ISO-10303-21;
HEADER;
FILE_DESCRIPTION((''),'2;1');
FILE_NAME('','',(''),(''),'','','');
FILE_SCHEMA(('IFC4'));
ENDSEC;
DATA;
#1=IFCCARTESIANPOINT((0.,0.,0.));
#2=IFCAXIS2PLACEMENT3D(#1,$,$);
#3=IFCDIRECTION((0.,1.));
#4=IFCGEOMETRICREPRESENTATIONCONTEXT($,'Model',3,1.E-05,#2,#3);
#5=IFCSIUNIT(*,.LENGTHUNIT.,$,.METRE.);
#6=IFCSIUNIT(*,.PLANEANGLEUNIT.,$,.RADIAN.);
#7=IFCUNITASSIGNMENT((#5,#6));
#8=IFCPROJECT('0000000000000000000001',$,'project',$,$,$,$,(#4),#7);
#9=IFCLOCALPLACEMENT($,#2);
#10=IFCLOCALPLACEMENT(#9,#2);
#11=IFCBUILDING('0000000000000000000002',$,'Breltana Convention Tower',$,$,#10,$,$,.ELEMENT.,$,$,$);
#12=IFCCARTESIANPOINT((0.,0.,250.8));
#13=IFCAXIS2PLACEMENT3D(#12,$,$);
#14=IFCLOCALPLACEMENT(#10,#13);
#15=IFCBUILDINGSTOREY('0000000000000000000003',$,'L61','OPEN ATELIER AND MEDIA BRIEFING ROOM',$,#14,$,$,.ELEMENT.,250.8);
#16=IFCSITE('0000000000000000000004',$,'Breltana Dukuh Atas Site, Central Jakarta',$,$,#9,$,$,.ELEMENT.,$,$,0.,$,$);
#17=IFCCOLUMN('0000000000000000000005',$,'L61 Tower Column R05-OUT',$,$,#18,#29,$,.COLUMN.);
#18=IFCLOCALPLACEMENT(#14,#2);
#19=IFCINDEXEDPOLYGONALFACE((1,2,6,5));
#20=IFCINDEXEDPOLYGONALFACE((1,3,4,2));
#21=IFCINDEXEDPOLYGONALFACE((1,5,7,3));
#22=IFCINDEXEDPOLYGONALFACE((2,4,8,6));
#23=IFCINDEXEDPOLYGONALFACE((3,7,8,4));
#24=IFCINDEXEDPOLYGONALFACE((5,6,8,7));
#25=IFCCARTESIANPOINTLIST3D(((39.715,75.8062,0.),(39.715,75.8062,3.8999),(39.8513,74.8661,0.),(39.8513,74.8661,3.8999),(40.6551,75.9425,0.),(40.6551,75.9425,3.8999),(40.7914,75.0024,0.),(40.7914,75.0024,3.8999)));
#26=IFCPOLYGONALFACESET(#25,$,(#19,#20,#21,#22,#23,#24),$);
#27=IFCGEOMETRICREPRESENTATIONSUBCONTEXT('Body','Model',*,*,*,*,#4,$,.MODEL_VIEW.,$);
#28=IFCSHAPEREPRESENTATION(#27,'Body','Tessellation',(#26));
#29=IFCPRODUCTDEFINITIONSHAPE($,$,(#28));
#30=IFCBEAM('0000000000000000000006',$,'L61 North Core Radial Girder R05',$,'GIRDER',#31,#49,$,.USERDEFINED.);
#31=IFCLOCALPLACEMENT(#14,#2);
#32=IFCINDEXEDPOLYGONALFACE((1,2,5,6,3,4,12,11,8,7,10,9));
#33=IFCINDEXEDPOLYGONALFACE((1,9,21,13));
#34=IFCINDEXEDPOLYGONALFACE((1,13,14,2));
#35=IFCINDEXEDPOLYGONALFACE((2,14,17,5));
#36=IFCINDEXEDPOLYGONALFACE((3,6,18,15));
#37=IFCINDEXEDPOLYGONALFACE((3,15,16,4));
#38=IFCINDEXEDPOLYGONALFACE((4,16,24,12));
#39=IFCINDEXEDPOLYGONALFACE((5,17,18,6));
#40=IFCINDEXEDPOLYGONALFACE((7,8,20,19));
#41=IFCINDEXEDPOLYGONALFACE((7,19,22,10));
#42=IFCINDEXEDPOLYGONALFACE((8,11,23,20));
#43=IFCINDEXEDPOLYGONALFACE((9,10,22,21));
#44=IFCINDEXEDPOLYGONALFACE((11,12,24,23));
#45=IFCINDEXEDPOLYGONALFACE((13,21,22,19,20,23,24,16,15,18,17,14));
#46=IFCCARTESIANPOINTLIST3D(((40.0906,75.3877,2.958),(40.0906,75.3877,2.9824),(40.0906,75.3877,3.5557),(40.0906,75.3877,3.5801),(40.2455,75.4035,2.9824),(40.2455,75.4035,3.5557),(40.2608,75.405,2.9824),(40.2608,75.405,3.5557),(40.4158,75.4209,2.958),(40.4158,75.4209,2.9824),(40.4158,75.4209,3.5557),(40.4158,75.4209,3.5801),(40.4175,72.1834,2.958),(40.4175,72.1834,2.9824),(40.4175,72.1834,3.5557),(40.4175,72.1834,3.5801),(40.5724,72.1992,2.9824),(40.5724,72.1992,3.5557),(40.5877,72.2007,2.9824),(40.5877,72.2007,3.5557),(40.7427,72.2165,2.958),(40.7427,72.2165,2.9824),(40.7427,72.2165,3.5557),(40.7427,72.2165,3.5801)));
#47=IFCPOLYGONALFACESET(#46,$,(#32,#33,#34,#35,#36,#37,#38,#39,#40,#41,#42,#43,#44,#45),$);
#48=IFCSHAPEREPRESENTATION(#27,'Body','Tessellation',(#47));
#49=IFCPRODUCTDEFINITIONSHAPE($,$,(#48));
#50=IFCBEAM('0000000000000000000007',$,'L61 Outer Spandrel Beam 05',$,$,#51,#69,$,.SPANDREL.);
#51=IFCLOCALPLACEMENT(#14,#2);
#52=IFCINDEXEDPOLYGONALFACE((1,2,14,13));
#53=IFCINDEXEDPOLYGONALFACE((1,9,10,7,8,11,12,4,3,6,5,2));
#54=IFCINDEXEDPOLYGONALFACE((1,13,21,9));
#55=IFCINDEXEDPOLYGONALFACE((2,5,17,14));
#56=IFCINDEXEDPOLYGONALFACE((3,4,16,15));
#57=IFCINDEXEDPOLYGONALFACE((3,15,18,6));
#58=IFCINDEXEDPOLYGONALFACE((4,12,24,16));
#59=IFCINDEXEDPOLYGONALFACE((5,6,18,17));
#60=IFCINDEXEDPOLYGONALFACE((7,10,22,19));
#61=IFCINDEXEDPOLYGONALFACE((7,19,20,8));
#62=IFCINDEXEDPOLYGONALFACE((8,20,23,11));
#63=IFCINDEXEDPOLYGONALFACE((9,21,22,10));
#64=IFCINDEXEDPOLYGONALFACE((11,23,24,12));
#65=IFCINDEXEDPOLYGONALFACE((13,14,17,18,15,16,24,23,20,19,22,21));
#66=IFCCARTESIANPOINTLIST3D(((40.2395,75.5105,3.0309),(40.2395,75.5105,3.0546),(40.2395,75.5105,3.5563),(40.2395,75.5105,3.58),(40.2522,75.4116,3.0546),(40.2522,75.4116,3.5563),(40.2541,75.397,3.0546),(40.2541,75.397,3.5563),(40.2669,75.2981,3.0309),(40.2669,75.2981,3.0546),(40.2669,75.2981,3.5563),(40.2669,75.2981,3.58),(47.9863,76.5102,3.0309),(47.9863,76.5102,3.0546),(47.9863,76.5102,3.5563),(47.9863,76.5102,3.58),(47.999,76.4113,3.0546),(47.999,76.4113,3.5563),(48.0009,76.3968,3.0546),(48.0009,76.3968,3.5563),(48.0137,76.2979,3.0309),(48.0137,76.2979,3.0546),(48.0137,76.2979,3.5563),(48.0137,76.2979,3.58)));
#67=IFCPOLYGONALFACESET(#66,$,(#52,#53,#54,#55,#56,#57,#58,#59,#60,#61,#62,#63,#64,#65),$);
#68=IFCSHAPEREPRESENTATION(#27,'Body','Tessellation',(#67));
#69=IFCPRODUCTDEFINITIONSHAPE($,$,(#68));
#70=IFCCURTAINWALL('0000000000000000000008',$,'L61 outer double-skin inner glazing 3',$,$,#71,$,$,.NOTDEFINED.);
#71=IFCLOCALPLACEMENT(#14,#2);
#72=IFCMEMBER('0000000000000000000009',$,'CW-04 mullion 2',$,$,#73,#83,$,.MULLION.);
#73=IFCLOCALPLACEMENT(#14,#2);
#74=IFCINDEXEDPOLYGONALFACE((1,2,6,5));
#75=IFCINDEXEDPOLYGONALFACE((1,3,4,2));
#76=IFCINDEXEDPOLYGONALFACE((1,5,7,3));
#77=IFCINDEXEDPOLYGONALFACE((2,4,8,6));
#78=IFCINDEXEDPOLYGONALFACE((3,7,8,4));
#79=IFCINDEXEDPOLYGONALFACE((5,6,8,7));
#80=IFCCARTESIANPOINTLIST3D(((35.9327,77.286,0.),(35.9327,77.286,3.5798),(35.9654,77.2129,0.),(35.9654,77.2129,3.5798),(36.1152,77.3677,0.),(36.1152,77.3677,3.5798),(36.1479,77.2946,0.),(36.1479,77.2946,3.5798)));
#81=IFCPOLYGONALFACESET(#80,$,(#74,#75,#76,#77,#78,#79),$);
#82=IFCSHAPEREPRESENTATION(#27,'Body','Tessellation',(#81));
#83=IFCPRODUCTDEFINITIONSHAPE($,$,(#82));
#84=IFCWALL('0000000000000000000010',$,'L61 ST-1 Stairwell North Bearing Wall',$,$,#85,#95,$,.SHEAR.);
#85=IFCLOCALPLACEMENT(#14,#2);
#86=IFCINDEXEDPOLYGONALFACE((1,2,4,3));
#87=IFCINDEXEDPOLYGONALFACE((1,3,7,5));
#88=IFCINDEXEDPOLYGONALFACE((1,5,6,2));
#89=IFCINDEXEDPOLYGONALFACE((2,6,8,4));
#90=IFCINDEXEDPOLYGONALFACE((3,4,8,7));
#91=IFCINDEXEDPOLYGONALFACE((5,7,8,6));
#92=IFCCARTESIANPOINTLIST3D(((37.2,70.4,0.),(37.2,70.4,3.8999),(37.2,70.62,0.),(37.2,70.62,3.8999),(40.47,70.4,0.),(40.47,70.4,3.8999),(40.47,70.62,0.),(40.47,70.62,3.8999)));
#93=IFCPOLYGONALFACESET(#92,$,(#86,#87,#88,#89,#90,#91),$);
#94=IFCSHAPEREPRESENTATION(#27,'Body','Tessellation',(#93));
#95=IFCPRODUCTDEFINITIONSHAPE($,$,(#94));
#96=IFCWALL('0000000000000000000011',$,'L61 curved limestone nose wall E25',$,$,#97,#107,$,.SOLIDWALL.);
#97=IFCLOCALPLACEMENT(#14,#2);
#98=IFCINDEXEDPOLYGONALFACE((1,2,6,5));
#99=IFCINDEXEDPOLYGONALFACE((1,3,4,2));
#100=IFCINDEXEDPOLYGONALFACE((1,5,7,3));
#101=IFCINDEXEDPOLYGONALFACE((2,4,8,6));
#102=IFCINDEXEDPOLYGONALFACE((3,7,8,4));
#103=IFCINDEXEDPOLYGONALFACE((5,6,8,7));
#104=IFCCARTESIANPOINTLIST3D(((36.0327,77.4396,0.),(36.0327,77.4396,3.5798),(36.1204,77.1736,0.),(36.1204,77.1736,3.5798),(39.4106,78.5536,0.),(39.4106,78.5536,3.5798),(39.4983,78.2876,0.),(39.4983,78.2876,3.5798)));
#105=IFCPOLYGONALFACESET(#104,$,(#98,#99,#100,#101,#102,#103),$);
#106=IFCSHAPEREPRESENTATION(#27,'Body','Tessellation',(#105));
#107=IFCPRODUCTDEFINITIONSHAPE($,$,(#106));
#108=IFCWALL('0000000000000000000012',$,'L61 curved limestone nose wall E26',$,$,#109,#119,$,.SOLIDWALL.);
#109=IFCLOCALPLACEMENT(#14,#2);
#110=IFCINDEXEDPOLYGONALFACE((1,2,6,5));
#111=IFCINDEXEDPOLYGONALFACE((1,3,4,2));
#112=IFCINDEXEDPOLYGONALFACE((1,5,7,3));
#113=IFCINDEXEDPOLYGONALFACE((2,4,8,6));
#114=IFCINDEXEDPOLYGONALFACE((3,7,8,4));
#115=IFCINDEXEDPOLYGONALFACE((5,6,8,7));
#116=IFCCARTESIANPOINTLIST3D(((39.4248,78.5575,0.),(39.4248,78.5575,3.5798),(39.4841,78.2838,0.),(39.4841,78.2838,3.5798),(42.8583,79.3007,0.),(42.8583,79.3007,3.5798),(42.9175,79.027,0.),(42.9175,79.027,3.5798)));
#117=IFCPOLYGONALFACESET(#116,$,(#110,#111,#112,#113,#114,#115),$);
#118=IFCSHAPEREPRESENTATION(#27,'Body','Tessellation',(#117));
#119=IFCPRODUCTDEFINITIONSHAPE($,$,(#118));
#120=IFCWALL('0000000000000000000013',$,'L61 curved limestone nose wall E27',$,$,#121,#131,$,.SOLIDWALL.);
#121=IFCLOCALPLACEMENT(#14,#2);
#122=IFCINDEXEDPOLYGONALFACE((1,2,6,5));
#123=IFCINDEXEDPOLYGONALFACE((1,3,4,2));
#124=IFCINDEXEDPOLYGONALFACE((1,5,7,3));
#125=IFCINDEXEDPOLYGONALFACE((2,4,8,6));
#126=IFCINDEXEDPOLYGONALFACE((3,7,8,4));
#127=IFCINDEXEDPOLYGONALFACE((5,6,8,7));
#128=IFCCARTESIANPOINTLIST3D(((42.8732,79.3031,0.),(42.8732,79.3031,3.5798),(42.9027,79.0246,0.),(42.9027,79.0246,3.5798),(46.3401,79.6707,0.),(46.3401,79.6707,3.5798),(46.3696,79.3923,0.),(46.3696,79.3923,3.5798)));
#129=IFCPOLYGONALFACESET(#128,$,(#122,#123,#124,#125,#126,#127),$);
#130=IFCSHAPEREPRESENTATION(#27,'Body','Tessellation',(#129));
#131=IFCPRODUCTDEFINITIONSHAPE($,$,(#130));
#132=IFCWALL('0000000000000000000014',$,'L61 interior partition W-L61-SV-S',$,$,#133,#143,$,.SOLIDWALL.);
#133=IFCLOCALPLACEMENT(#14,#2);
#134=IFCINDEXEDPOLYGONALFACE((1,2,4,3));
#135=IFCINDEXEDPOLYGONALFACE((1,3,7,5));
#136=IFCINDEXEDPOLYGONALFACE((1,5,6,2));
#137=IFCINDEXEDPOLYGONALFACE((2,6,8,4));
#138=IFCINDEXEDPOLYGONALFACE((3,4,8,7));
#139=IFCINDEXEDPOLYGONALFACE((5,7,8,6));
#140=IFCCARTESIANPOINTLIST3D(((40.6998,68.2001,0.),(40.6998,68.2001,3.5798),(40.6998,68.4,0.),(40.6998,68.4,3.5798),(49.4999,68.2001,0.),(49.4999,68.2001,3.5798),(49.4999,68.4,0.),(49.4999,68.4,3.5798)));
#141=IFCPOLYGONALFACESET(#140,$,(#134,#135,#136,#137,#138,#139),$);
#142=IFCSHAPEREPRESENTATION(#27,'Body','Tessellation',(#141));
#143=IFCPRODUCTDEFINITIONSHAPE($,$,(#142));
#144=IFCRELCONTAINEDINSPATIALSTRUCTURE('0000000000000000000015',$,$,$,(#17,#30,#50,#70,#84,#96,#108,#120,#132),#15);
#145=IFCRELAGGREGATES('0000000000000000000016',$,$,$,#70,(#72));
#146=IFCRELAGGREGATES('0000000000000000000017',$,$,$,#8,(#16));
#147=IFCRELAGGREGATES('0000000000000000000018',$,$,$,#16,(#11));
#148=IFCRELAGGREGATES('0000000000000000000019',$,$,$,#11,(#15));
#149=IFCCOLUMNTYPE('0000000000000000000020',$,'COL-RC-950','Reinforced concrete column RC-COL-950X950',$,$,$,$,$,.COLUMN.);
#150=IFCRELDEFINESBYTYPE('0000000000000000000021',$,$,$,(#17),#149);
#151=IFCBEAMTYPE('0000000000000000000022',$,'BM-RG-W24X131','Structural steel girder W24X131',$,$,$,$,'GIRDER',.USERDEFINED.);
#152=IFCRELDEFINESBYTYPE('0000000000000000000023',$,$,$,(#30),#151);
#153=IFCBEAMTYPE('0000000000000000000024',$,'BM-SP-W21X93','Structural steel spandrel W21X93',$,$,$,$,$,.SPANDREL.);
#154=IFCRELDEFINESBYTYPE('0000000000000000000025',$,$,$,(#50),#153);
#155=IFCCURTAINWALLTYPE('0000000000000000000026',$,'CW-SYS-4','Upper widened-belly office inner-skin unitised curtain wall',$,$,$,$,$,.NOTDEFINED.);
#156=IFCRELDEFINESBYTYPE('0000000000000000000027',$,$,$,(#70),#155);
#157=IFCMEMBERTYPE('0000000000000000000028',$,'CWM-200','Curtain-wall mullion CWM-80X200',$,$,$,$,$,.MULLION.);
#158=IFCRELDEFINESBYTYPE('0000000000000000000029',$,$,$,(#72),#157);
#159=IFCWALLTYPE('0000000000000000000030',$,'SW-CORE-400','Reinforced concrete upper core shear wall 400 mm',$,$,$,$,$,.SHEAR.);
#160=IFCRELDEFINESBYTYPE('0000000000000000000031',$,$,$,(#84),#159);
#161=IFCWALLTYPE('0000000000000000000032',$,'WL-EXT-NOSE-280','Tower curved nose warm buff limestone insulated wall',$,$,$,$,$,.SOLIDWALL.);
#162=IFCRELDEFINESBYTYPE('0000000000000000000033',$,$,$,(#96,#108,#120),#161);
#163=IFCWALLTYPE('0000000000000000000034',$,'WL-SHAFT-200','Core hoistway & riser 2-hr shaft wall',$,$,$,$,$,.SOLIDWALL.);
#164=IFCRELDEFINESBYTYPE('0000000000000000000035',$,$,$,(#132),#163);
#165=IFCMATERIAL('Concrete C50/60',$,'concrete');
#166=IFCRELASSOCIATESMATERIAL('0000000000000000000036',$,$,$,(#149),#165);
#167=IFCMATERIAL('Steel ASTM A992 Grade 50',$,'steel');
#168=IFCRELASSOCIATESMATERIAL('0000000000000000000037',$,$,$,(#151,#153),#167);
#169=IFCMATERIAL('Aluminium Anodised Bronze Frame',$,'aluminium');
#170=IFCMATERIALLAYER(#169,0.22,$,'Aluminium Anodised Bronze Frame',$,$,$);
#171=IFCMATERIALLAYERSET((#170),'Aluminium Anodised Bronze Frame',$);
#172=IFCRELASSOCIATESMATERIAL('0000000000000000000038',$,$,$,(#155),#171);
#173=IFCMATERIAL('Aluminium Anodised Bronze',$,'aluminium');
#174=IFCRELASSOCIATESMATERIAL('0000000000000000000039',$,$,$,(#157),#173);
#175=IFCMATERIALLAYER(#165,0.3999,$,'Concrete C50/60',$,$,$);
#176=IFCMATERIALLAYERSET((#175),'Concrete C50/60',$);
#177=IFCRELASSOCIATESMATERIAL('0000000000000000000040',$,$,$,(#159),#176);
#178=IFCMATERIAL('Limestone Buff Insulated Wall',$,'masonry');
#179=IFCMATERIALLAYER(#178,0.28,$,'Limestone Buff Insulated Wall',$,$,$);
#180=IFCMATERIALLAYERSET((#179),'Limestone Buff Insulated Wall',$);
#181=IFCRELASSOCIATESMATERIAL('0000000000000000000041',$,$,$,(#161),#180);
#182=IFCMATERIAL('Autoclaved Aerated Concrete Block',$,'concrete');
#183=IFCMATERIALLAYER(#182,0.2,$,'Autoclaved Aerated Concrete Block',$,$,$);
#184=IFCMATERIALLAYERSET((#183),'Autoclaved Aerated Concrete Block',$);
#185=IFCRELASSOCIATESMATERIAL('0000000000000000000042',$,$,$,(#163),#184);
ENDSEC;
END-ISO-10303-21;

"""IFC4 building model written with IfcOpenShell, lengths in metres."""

from ifc_helpers import new_model, si_unit, direction, frame, frame_2d, origin, origin_2d, place, context, subcontext, project, spatial, rectangle, i_section, extrude, source, transform, mapped, material, layer, layer_set, material_profile, profile_set, type_object, element, aggregate, save


model = new_model("IFC4")

# Units and contexts
model_context = context("Model", 3, precision=1e-05, world=origin(), true_north=direction((0.0, 1.0)))
body_context = subcontext(model_context, "Body", "Model", "MODEL_VIEW")
ifc_project = project(units=[si_unit("LENGTHUNIT", "METRE"), si_unit("PLANEANGLEUNIT", "RADIAN")], contexts=[model_context])

# Site, building, storey
site_placement = place(None, origin())
site = spatial("IfcSite", under=ifc_project, at=site_placement, Name="Breltana Dukuh Atas Site, Central Jakarta", CompositionType="ELEMENT", RefElevation=0.0)
building_placement = place(site_placement, origin())
building = spatial("IfcBuilding", under=site, at=building_placement, Name="Breltana Convention Tower", CompositionType="ELEMENT")
storey_placement = place(building_placement, frame((0.0, 0.0, 250.8)))
storey = spatial("IfcBuildingStorey", under=building, at=storey_placement, Name="L61", Description="OPEN ATELIER AND MEDIA BRIEFING ROOM", CompositionType="ELEMENT", Elevation=250.8)

# Column
ifc_material_1 = material(Name="Concrete C50/60", Category="concrete")
ifc_material_profile_1 = material_profile(ifc_material_1, rectangle(XDim=0.95, YDim=0.95, at=origin_2d()), Name="RC-COL-950X950")
ifc_profile_set_1 = profile_set([ifc_material_profile_1], Name="Concrete C50/60")
column_type = type_object("IfcColumnType", Name="COL-RC-950", Description="Reinforced concrete column RC-COL-950X950", PredefinedType="COLUMN", material=ifc_profile_set_1)
shared_shape_1 = source(origin(), body_context, "Body", "SweptSolid", [
    extrude(rectangle(XDim=0.95, YDim=0.95, at=origin_2d()), origin(), (0.0, 0.0, 1.0), 3.8999),
])
column_placement = place(storey_placement, frame((40.2532, 75.4043, 0.0), z_axis=(0.0, 0.0, 1.0), x_axis=(-0.143493, 0.989651, 0.0)))
element("IfcColumn", 1, at=column_placement, inside=storey, type_object=column_type, Name="L61 Tower Column R05-OUT", PredefinedType="COLUMN", context=body_context, shape_type="MappedRepresentation", body=[
    mapped(shared_shape_1, transform((0.0, 0.0, 0.0), scale=1.0)),
])

# Beams
ifc_material_2 = material(Name="Steel ASTM A992 Grade 50", Category="steel")
ifc_material_profile_2 = material_profile(ifc_material_2, i_section(OverallWidth=0.3269, OverallDepth=0.6221, WebThickness=0.0154, FlangeThickness=0.0244, at=origin_2d()), Name="W24X131")
ifc_profile_set_2 = profile_set([ifc_material_profile_2], Name="Steel ASTM A992 Grade 50")
beam_type_1 = type_object("IfcBeamType", Name="BM-RG-W24X131", Description="Structural steel girder W24X131", ElementType="GIRDER", PredefinedType="USERDEFINED", material=ifc_profile_set_2)
shared_shape_2 = source(origin(), body_context, "Body", "SweptSolid", [
    extrude(i_section(OverallWidth=0.3269, OverallDepth=0.6221, WebThickness=0.0154, FlangeThickness=0.0244, at=origin_2d()), origin(), (0.0, 0.0, 1.0), 3.2209),
])
beam_1_placement = place(storey_placement, frame((40.5801, 72.2, 3.269), z_axis=(-0.101492, 0.994836, 0.0), x_axis=(-0.994836, -0.101492, 0.0)))
element("IfcBeam", 2, at=beam_1_placement, inside=storey, type_object=beam_type_1, Name="L61 North Core Radial Girder R05", ObjectType="GIRDER", PredefinedType="USERDEFINED", context=body_context, shape_type="MappedRepresentation", body=[
    mapped(shared_shape_2, transform((0.0, 0.0, 0.0), scale=1.0)),
])
ifc_material_profile_3 = material_profile(ifc_material_2, i_section(OverallWidth=0.2141, OverallDepth=0.5491, WebThickness=0.0146, FlangeThickness=0.0237, at=origin_2d()), Name="W21X93")
ifc_profile_set_3 = profile_set([ifc_material_profile_3], Name="Steel ASTM A992 Grade 50")
beam_type_2 = type_object("IfcBeamType", Name="BM-SP-W21X93", Description="Structural steel spandrel W21X93", PredefinedType="SPANDREL", material=ifc_profile_set_3)
shared_shape_3 = source(origin(), body_context, "Body", "SweptSolid", [
    extrude(i_section(OverallWidth=0.2141, OverallDepth=0.5491, WebThickness=0.0146, FlangeThickness=0.0237, at=origin_2d()), origin(), (0.0, 0.0, 1.0), 7.811),
])
beam_2_placement = place(storey_placement, frame((40.2532, 75.4043, 3.3054), z_axis=(0.991775, 0.127992, 0.0), x_axis=(-0.127992, 0.991775, 0.0)))
element("IfcBeam", 3, at=beam_2_placement, inside=storey, type_object=beam_type_2, Name="L61 Outer Spandrel Beam 05", PredefinedType="SPANDREL", context=body_context, shape_type="MappedRepresentation", body=[
    mapped(shared_shape_3, transform((0.0, 0.0, 0.0), scale=1.0)),
])

# Curtain wall, member
ifc_material_3 = material(Name="Aluminium Anodised Bronze Frame", Category="aluminium")
ifc_layer_1 = layer(ifc_material_3, 0.22, Name="Aluminium Anodised Bronze Frame")
ifc_layer_set_1 = layer_set([ifc_layer_1], Name="Aluminium Anodised Bronze Frame")
curtain_wall_type = type_object("IfcCurtainWallType", Name="CW-SYS-4", Description="Upper widened-belly office inner-skin unitised curtain wall", PredefinedType="NOTDEFINED", material=ifc_layer_set_1)
curtain_wall_placement = place(storey_placement, origin())
curtain_wall = element("IfcCurtainWall", 4, at=curtain_wall_placement, inside=storey, type_object=curtain_wall_type, Name="L61 outer double-skin inner glazing 3", PredefinedType="NOTDEFINED")
ifc_material_4 = material(Name="Aluminium Anodised Bronze", Category="aluminium")
ifc_material_profile_4 = material_profile(ifc_material_4, rectangle(XDim=0.0801, YDim=0.2, at=origin_2d()), Name="CWM-80X200")
ifc_profile_set_4 = profile_set([ifc_material_profile_4], Name="Aluminium Anodised Bronze")
member_type = type_object("IfcMemberType", Name="CWM-200", Description="Curtain-wall mullion CWM-80X200", PredefinedType="MULLION", material=ifc_profile_set_4)
shared_shape_4 = source(origin(), body_context, "Body", "SweptSolid", [
    extrude(rectangle(XDim=0.0801, YDim=0.2, at=origin_2d()), origin(), (0.0, 0.0, 1.0), 3.5798),
])
member_placement = place(storey_placement, frame((36.0403, 77.2903, 0.0), z_axis=(0.0, 0.0, 1.0), x_axis=(-0.408606, 0.912711, 0.0)))
member = element("IfcMember", 5, at=member_placement, type_object=member_type, Name="CW-04 mullion 2", PredefinedType="MULLION", context=body_context, shape_type="MappedRepresentation", body=[
    mapped(shared_shape_4, transform((0.0, 0.0, 0.0), scale=1.0)),
])
aggregate(curtain_wall, [member])

# Wall
ifc_layer_2 = layer(ifc_material_1, 0.3999, Name="Concrete C50/60")
ifc_layer_set_2 = layer_set([ifc_layer_2], Name="Concrete C50/60")
wall_type_1 = type_object("IfcWallType", Name="SW-CORE-400", Description="Reinforced concrete upper core shear wall 400 mm", PredefinedType="SHEAR", material=ifc_layer_set_2)
shared_shape_5 = source(origin(), body_context, "Body", "SweptSolid", [
    extrude(rectangle(XDim=3.27, YDim=0.22, at=frame_2d((1.635, 0.0))), origin(), (0.0, 0.0, 1.0), 3.8999),
])
wall_1_placement = place(storey_placement, frame((37.2, 70.51, 0.0), z_axis=(0.0, 0.0, 1.0), x_axis=(1.0, 0.0, 0.0)))
element("IfcWall", 6, at=wall_1_placement, inside=storey, type_object=wall_type_1, Name="L61 ST-1 Stairwell North Bearing Wall", PredefinedType="SHEAR", context=body_context, shape_type="MappedRepresentation", body=[
    mapped(shared_shape_5, transform((0.0, 0.0, 0.0), scale=1.0)),
])

# Walls
ifc_material_5 = material(Name="Limestone Buff Insulated Wall", Category="masonry")
ifc_layer_3 = layer(ifc_material_5, 0.28, Name="Limestone Buff Insulated Wall")
ifc_layer_set_3 = layer_set([ifc_layer_3], Name="Limestone Buff Insulated Wall")
wall_type_2 = type_object("IfcWallType", Name="WL-EXT-NOSE-280", Description="Tower curved nose warm buff limestone insulated wall", PredefinedType="SOLIDWALL", material=ifc_layer_set_3)
shared_shape_6 = source(origin(), body_context, "Body", "SweptSolid", [
    extrude(rectangle(XDim=3.5569, YDim=0.28, at=frame_2d((1.7783, 0.0))), origin(), (0.0, 0.0, 1.0), 3.5798),
])
wall_2_placement = place(storey_placement, frame((36.0767, 77.3066, 0.0), z_axis=(0.0, 0.0, 1.0), x_axis=(0.949687, 0.313199, 0.0)))
element("IfcWall", 7, at=wall_2_placement, inside=storey, type_object=wall_type_2, Name="L61 curved limestone nose wall E25", PredefinedType="SOLIDWALL", context=body_context, shape_type="MappedRepresentation", body=[
    mapped(shared_shape_6, transform((0.0, 0.0, 0.0), scale=1.0)),
])
shared_shape_7 = source(origin(), body_context, "Body", "SweptSolid", [
    extrude(rectangle(XDim=3.5129, YDim=0.28, at=frame_2d((1.7563, 0.0))), origin(), (0.0, 0.0, 1.0), 3.5798),
])
wall_3_placement = place(storey_placement, frame((39.4546, 78.4207, 0.0), z_axis=(0.0, 0.0, 1.0), x_axis=(0.977366, 0.211555, 0.0)))
element("IfcWall", 8, at=wall_3_placement, inside=storey, type_object=wall_type_2, Name="L61 curved limestone nose wall E26", PredefinedType="SOLIDWALL", context=body_context, shape_type="MappedRepresentation", body=[
    mapped(shared_shape_7, transform((0.0, 0.0, 0.0), scale=1.0)),
])
shared_shape_8 = source(origin(), body_context, "Body", "SweptSolid", [
    extrude(rectangle(XDim=3.4863, YDim=0.28, at=frame_2d((1.7432, 0.0))), origin(), (0.0, 0.0, 1.0), 3.5798),
])
wall_4_placement = place(storey_placement, frame((42.8879, 79.1638, 0.0), z_axis=(0.0, 0.0, 1.0), x_axis=(0.994423, 0.105465, 0.0)))
element("IfcWall", 9, at=wall_4_placement, inside=storey, type_object=wall_type_2, Name="L61 curved limestone nose wall E27", PredefinedType="SOLIDWALL", context=body_context, shape_type="MappedRepresentation", body=[
    mapped(shared_shape_8, transform((0.0, 0.0, 0.0), scale=1.0)),
])
ifc_material_6 = material(Name="Autoclaved Aerated Concrete Block", Category="concrete")
ifc_layer_4 = layer(ifc_material_6, 0.2, Name="Autoclaved Aerated Concrete Block")
ifc_layer_set_4 = layer_set([ifc_layer_4], Name="Autoclaved Aerated Concrete Block")
wall_type_3 = type_object("IfcWallType", Name="WL-SHAFT-200", Description="Core hoistway & riser 2-hr shaft wall", PredefinedType="SOLIDWALL", material=ifc_layer_set_4)
shared_shape_9 = source(origin(), body_context, "Body", "SweptSolid", [
    extrude(rectangle(XDim=8.8, YDim=0.2, at=frame_2d((4.3999, 0.0))), origin(), (0.0, 0.0, 1.0), 3.5798),
])
wall_5_placement = place(storey_placement, frame((40.7, 68.3, 0.0), z_axis=(0.0, 0.0, 1.0), x_axis=(1.0, 0.0, 0.0)))
element("IfcWall", 10, at=wall_5_placement, inside=storey, type_object=wall_type_3, Name="L61 interior partition W-L61-SV-S", PredefinedType="SOLIDWALL", context=body_context, shape_type="MappedRepresentation", body=[
    mapped(shared_shape_9, transform((0.0, 0.0, 0.0), scale=1.0)),
])

save(model, "model.ifc")
